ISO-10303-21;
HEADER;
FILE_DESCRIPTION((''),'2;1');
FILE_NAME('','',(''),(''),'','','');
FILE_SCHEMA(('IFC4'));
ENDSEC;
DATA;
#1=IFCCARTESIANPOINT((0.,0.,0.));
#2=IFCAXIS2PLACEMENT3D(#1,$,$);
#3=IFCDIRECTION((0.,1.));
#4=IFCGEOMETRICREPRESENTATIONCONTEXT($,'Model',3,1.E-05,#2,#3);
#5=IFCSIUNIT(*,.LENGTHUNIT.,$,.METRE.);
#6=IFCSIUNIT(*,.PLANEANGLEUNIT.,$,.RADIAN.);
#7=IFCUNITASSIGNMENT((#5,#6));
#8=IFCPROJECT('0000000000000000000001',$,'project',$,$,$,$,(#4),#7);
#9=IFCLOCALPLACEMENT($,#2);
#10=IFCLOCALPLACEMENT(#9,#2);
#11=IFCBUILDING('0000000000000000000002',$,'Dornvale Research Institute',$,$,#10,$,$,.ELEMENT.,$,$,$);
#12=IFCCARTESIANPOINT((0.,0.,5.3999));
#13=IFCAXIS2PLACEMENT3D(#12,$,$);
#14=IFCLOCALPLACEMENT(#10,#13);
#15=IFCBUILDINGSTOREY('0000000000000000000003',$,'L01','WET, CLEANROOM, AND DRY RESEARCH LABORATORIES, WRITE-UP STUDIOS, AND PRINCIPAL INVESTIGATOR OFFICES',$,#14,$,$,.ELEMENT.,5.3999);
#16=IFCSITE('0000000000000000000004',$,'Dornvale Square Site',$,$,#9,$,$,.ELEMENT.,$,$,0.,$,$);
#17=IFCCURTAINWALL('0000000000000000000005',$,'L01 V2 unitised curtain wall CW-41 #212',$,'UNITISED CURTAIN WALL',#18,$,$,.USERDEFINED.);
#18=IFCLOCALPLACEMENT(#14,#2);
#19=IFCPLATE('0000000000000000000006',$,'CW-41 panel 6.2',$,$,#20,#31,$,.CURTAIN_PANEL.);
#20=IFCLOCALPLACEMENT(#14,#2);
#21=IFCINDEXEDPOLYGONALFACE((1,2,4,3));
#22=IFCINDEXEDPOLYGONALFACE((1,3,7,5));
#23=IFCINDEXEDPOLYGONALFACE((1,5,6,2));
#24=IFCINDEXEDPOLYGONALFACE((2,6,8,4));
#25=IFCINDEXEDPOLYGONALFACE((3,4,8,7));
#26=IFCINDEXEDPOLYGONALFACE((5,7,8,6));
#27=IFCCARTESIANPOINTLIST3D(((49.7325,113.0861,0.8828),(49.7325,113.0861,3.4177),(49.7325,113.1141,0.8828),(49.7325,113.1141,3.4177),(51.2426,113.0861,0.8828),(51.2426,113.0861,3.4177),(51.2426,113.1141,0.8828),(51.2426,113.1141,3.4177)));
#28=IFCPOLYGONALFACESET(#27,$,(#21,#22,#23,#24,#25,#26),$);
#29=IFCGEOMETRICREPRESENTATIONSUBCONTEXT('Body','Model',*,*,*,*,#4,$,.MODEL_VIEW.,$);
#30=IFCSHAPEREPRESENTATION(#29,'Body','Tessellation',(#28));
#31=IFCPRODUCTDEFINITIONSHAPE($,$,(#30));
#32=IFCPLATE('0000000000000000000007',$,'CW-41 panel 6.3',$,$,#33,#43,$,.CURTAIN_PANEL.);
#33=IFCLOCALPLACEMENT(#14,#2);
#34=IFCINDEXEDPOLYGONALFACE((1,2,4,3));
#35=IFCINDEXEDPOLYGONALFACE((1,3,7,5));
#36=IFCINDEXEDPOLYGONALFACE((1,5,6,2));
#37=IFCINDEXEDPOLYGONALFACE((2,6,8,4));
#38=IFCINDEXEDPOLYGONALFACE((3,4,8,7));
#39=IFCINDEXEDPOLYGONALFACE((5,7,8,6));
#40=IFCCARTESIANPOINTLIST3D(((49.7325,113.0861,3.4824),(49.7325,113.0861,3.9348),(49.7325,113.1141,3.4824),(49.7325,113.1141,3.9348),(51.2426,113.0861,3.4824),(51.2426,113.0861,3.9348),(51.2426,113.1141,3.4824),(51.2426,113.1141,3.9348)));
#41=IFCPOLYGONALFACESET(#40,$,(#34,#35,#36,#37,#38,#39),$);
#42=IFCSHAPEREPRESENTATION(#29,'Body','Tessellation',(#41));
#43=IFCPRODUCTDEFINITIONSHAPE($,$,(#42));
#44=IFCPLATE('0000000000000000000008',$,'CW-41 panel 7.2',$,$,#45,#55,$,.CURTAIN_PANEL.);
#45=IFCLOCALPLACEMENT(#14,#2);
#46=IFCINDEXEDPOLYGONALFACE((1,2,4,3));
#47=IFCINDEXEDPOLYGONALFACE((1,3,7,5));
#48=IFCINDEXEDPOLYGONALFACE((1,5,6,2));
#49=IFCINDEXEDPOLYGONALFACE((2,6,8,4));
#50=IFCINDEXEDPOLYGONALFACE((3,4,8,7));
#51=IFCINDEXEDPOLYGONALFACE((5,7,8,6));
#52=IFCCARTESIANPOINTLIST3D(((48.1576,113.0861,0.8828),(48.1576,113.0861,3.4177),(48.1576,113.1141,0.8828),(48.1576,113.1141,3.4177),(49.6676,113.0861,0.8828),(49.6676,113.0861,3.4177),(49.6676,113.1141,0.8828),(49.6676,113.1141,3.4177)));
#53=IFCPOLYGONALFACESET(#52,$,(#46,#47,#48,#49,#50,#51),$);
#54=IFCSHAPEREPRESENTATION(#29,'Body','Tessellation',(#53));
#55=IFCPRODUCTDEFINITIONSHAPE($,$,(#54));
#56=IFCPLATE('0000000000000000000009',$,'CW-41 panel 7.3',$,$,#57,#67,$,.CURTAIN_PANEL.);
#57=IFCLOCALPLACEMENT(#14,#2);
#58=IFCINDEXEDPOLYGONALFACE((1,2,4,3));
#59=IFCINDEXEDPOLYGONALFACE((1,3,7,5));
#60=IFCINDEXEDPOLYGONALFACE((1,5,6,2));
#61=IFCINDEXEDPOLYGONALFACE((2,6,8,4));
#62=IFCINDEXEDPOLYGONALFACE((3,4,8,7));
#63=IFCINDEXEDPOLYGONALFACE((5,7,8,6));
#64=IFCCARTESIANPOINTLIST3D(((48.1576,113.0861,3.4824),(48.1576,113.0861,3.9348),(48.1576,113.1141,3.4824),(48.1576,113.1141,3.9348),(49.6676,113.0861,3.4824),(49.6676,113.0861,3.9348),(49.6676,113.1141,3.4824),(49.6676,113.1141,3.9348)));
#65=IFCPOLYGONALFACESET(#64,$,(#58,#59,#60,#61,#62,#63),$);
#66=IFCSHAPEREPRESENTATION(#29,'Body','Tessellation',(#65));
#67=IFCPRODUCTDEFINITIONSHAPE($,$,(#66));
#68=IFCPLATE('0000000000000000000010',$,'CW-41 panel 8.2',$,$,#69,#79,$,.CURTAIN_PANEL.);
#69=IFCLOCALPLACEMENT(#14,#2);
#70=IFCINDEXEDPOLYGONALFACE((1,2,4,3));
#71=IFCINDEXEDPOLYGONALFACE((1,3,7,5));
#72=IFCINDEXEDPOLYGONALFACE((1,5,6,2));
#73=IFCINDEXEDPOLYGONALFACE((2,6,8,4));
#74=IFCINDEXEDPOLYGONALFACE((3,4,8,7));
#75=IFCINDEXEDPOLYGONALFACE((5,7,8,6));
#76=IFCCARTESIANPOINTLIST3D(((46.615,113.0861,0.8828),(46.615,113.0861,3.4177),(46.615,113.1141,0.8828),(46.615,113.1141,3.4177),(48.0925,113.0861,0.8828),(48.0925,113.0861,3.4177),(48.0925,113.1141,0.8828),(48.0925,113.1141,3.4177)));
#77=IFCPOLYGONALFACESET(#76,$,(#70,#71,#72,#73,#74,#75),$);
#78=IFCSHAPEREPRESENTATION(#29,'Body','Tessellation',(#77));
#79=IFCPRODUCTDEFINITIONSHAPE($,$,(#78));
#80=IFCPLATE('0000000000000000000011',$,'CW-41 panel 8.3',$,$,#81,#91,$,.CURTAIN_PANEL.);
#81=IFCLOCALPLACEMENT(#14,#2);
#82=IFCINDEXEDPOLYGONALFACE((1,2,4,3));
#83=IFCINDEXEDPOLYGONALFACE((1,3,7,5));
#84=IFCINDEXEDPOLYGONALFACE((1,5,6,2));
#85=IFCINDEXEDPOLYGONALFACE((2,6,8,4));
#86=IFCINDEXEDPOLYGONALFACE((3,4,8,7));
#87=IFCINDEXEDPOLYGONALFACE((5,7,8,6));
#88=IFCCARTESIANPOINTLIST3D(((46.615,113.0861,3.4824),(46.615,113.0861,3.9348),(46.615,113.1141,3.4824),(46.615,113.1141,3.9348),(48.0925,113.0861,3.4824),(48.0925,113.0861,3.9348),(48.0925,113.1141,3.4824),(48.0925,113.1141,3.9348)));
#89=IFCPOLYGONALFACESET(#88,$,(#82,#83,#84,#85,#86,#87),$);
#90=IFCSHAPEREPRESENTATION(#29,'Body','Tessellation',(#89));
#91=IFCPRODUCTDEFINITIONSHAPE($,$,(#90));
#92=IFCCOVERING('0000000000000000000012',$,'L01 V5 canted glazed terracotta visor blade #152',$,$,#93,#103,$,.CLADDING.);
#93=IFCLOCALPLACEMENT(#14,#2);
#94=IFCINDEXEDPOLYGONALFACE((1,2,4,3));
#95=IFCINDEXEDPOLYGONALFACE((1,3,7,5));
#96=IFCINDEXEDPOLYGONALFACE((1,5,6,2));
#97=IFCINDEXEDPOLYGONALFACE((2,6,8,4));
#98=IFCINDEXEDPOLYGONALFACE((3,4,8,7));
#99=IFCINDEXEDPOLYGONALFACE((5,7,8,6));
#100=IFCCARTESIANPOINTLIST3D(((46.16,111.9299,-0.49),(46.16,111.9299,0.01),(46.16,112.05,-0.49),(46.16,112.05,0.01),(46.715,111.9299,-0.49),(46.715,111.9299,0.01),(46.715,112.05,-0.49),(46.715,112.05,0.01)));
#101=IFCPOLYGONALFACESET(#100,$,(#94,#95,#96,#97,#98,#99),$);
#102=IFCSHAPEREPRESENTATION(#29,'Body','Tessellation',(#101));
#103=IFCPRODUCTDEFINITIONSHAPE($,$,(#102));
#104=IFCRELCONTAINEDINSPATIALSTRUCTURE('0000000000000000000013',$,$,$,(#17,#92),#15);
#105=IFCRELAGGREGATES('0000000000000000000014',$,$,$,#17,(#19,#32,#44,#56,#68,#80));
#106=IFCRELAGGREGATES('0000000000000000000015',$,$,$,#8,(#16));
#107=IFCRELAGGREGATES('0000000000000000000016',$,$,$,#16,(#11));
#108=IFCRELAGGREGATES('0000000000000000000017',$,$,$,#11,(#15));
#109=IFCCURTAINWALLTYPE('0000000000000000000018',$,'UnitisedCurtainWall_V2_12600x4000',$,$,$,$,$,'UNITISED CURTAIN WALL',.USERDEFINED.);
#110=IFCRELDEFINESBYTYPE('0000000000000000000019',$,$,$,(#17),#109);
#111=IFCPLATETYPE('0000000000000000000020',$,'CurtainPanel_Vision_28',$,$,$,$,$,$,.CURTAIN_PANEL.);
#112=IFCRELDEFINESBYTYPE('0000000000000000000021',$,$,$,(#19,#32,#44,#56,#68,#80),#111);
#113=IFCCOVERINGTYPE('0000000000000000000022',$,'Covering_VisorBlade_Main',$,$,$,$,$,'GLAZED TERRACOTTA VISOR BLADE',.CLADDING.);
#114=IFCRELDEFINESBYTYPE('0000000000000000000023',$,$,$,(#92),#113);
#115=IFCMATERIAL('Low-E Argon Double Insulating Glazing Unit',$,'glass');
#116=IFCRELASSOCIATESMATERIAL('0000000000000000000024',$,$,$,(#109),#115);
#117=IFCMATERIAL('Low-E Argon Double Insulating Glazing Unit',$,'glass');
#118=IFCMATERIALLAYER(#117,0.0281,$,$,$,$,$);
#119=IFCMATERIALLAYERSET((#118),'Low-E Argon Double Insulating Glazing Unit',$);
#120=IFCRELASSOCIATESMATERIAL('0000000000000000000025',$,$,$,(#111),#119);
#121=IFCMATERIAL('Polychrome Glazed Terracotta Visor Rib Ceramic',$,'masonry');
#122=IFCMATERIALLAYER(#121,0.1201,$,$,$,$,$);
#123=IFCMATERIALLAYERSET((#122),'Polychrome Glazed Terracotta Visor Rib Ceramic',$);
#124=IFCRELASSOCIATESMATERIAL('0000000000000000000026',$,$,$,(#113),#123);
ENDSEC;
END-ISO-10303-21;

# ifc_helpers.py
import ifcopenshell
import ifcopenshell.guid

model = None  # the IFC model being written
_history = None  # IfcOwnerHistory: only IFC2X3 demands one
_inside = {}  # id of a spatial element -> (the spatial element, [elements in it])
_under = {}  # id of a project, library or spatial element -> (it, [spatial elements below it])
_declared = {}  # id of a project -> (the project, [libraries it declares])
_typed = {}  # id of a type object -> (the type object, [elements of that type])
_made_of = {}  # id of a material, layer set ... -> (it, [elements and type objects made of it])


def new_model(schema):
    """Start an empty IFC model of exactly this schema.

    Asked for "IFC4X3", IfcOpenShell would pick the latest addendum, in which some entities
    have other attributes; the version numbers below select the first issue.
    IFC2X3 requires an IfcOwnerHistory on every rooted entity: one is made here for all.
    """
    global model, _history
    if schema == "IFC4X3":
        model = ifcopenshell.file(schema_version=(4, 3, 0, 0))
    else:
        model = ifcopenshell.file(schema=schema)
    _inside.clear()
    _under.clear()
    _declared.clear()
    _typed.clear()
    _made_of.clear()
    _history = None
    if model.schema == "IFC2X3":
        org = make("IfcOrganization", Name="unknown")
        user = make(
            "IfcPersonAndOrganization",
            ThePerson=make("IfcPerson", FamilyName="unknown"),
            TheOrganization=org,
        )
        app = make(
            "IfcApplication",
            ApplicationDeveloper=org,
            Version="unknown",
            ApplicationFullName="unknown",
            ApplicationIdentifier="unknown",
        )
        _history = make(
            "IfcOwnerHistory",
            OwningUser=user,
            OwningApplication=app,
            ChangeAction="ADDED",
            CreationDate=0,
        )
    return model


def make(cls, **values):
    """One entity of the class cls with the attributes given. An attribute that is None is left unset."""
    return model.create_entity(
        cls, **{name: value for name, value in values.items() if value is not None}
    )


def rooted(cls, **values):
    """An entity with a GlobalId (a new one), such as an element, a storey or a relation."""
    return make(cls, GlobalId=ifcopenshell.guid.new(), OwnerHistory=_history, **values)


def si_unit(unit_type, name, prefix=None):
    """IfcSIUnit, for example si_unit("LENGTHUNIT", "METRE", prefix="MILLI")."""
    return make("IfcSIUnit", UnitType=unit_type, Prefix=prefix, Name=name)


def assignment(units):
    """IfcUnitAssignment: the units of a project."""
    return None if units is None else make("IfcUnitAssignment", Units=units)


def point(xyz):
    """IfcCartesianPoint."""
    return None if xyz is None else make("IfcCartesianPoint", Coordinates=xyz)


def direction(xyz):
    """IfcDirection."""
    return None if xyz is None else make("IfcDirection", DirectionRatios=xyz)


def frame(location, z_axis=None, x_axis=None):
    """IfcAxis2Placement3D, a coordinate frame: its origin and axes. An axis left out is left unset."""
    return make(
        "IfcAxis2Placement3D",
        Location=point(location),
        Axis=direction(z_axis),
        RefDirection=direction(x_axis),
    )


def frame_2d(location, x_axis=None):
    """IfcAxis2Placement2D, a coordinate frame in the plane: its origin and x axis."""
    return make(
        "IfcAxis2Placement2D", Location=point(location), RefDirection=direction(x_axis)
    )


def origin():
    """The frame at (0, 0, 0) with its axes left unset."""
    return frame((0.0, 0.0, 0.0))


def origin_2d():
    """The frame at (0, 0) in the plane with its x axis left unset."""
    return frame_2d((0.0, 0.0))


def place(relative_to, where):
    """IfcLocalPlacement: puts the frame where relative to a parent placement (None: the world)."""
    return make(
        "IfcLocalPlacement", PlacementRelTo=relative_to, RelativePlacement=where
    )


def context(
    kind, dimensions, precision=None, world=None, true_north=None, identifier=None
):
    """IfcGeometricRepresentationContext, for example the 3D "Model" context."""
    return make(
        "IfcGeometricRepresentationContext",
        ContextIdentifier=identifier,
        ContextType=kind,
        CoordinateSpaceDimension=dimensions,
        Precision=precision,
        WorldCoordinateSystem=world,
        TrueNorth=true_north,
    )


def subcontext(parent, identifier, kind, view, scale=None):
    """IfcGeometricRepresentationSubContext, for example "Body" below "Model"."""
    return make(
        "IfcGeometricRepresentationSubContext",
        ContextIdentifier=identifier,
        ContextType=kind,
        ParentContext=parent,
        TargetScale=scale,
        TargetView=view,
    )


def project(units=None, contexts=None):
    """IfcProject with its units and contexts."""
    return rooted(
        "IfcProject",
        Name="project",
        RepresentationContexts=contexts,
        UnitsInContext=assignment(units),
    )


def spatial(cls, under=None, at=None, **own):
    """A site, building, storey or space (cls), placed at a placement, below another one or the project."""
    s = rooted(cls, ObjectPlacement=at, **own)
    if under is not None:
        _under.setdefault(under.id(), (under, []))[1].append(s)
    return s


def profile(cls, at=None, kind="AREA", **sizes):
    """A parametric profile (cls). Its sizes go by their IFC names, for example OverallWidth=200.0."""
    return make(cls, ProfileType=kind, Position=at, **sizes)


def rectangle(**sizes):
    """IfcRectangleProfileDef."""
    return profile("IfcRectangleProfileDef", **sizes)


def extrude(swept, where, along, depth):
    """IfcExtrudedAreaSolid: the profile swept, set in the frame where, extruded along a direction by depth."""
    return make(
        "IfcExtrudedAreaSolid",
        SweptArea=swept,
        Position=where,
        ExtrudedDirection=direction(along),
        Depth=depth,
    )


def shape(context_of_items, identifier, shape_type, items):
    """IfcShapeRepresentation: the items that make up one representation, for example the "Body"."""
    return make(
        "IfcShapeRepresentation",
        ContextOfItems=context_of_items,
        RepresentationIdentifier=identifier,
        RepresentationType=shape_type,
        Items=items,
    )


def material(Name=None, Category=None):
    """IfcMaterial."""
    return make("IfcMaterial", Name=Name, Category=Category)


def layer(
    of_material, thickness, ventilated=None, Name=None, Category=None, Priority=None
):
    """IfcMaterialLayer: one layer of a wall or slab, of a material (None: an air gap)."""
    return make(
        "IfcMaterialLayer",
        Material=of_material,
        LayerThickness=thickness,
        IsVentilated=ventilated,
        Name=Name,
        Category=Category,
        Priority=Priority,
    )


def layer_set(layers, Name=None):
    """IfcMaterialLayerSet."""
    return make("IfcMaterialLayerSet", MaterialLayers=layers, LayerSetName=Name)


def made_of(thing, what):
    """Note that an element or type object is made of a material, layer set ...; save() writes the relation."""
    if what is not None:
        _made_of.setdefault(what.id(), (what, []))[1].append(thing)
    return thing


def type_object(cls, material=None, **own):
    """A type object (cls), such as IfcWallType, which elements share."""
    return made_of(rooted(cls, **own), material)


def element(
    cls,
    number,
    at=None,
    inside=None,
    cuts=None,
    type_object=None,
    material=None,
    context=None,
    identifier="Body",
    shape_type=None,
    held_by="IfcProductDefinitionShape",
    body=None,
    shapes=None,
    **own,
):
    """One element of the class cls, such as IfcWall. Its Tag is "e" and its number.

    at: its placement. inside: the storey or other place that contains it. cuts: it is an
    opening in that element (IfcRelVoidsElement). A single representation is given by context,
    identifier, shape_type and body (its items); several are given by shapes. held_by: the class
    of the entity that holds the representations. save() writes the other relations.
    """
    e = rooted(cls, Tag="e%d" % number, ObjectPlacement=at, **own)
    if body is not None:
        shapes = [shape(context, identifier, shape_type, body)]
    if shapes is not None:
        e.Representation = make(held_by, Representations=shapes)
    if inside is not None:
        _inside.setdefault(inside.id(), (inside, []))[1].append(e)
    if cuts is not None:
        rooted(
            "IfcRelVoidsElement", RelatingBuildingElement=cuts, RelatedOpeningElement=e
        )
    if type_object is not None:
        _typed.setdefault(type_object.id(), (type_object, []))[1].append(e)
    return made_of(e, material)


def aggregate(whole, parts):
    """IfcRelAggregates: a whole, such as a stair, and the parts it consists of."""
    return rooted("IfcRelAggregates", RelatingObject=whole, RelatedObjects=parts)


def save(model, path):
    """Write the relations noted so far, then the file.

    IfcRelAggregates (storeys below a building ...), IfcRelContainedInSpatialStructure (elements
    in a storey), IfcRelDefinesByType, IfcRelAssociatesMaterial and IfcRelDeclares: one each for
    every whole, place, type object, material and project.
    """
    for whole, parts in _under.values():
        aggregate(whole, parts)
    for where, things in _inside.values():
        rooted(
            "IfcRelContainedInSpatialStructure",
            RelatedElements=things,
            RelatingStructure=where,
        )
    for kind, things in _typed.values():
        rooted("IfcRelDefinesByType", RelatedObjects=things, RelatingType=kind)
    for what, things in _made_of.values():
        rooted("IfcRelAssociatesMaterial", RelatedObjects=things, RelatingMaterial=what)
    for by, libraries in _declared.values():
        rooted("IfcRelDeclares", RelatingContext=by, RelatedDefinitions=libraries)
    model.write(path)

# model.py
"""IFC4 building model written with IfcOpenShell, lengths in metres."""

from ifc_helpers import new_model, si_unit, direction, frame, origin, origin_2d, place, context, subcontext, project, spatial, rectangle, extrude, material, layer, layer_set, type_object, element, aggregate, save


model = new_model("IFC4")

# Units and contexts
model_context = context("Model", 3, precision=1e-05, world=origin(), true_north=direction((0.0, 1.0)))
body_context = subcontext(model_context, "Body", "Model", "MODEL_VIEW")
ifc_project = project(units=[si_unit("LENGTHUNIT", "METRE"), si_unit("PLANEANGLEUNIT", "RADIAN")], contexts=[model_context])

# Site, building, storey
site_placement = place(None, origin())
site = spatial("IfcSite", under=ifc_project, at=site_placement, Name="Dornvale Square Site", CompositionType="ELEMENT", RefElevation=0.0)
building_placement = place(site_placement, origin())
building = spatial("IfcBuilding", under=site, at=building_placement, Name="Dornvale Research Institute", CompositionType="ELEMENT")
storey_placement = place(building_placement, frame((0.0, 0.0, 5.3999)))
storey = spatial("IfcBuildingStorey", under=building, at=storey_placement, Name="L01", Description="WET, CLEANROOM, AND DRY RESEARCH LABORATORIES, WRITE-UP STUDIOS, AND PRINCIPAL INVESTIGATOR OFFICES", CompositionType="ELEMENT", Elevation=5.3999)

# Curtain wall, plates
ifc_material_1 = material(Name="Low-E Argon Double Insulating Glazing Unit", Category="glass")
curtain_wall_type = type_object("IfcCurtainWallType", Name="UnitisedCurtainWall_V2_12600x4000", ElementType="UNITISED CURTAIN WALL", PredefinedType="USERDEFINED", material=ifc_material_1)
curtain_wall_placement = place(storey_placement, origin())
curtain_wall = element("IfcCurtainWall", 1, at=curtain_wall_placement, inside=storey, type_object=curtain_wall_type, Name="L01 V2 unitised curtain wall CW-41 #212", ObjectType="UNITISED CURTAIN WALL", PredefinedType="USERDEFINED")
ifc_material_2 = material(Name="Low-E Argon Double Insulating Glazing Unit", Category="glass")
ifc_layer_1 = layer(ifc_material_2, 0.0281)
ifc_layer_set_1 = layer_set([ifc_layer_1], Name="Low-E Argon Double Insulating Glazing Unit")
plate_type_1 = type_object("IfcPlateType", Name="CurtainPanel_Vision_28", PredefinedType="CURTAIN_PANEL", material=ifc_layer_set_1)
plate_1_placement = place(storey_placement, frame((50.4875, 113.1001, 0.8828), z_axis=(0.0, 0.0, 1.0), x_axis=(-1.0, 0.0, 0.0)))
plate_1 = element("IfcPlate", 2, at=plate_1_placement, type_object=plate_type_1, Name="CW-41 panel 6.2", PredefinedType="CURTAIN_PANEL", context=body_context, shape_type="SweptSolid", body=[
    extrude(rectangle(XDim=1.51, YDim=0.0281, at=origin_2d()), origin(), (0.0, 0.0, 1.0), 2.5349),
])
plate_2_placement = place(storey_placement, frame((50.4875, 113.1001, 3.4824), z_axis=(0.0, 0.0, 1.0), x_axis=(-1.0, 0.0, 0.0)))
plate_2 = element("IfcPlate", 3, at=plate_2_placement, type_object=plate_type_1, Name="CW-41 panel 6.3", PredefinedType="CURTAIN_PANEL", context=body_context, shape_type="SweptSolid", body=[
    extrude(rectangle(XDim=1.51, YDim=0.0281, at=origin_2d()), origin(), (0.0, 0.0, 1.0), 0.4524),
])
plate_3_placement = place(storey_placement, frame((48.9126, 113.1001, 0.8828), z_axis=(0.0, 0.0, 1.0), x_axis=(-1.0, 0.0, 0.0)))
plate_3 = element("IfcPlate", 4, at=plate_3_placement, type_object=plate_type_1, Name="CW-41 panel 7.2", PredefinedType="CURTAIN_PANEL", context=body_context, shape_type="SweptSolid", body=[
    extrude(rectangle(XDim=1.51, YDim=0.0281, at=origin_2d()), origin(), (0.0, 0.0, 1.0), 2.5349),
])
plate_4_placement = place(storey_placement, frame((48.9126, 113.1001, 3.4824), z_axis=(0.0, 0.0, 1.0), x_axis=(-1.0, 0.0, 0.0)))
plate_4 = element("IfcPlate", 5, at=plate_4_placement, type_object=plate_type_1, Name="CW-41 panel 7.3", PredefinedType="CURTAIN_PANEL", context=body_context, shape_type="SweptSolid", body=[
    extrude(rectangle(XDim=1.51, YDim=0.0281, at=origin_2d()), origin(), (0.0, 0.0, 1.0), 0.4524),
])
plate_5_placement = place(storey_placement, frame((47.3538, 113.1001, 0.8828), z_axis=(0.0, 0.0, 1.0), x_axis=(-1.0, 0.0, 0.0)))
plate_5 = element("IfcPlate", 6, at=plate_5_placement, type_object=plate_type_1, Name="CW-41 panel 8.2", PredefinedType="CURTAIN_PANEL", context=body_context, shape_type="SweptSolid", body=[
    extrude(rectangle(XDim=1.4775, YDim=0.0281, at=origin_2d()), origin(), (0.0, 0.0, 1.0), 2.5349),
])
plate_6_placement = place(storey_placement, frame((47.3538, 113.1001, 3.4824), z_axis=(0.0, 0.0, 1.0), x_axis=(-1.0, 0.0, 0.0)))
plate_6 = element("IfcPlate", 7, at=plate_6_placement, type_object=plate_type_1, Name="CW-41 panel 8.3", PredefinedType="CURTAIN_PANEL", context=body_context, shape_type="SweptSolid", body=[
    extrude(rectangle(XDim=1.4775, YDim=0.0281, at=origin_2d()), origin(), (0.0, 0.0, 1.0), 0.4524),
])
aggregate(curtain_wall, [plate_1, plate_2, plate_3, plate_4, plate_5, plate_6])

# Covering
ifc_material_3 = material(Name="Polychrome Glazed Terracotta Visor Rib Ceramic", Category="masonry")
ifc_layer_2 = layer(ifc_material_3, 0.1201)
ifc_layer_set_2 = layer_set([ifc_layer_2], Name="Polychrome Glazed Terracotta Visor Rib Ceramic")
covering_type = type_object("IfcCoveringType", Name="Covering_VisorBlade_Main", ElementType="GLAZED TERRACOTTA VISOR BLADE", PredefinedType="CLADDING", material=ifc_layer_set_2)
covering_placement = place(storey_placement, frame((46.4375, 111.99, -0.49), z_axis=(0.0, 0.0, 1.0), x_axis=(1.0, 0.0, 0.0)))
element("IfcCovering", 8, at=covering_placement, inside=storey, type_object=covering_type, Name="L01 V5 canted glazed terracotta visor blade #152", PredefinedType="CLADDING", context=body_context, shape_type="SweptSolid", body=[
    extrude(rectangle(XDim=0.5549, YDim=0.1201, at=origin_2d()), origin(), (0.0, 0.0, 1.0), 0.5),
])

save(model, "model.ifc")
